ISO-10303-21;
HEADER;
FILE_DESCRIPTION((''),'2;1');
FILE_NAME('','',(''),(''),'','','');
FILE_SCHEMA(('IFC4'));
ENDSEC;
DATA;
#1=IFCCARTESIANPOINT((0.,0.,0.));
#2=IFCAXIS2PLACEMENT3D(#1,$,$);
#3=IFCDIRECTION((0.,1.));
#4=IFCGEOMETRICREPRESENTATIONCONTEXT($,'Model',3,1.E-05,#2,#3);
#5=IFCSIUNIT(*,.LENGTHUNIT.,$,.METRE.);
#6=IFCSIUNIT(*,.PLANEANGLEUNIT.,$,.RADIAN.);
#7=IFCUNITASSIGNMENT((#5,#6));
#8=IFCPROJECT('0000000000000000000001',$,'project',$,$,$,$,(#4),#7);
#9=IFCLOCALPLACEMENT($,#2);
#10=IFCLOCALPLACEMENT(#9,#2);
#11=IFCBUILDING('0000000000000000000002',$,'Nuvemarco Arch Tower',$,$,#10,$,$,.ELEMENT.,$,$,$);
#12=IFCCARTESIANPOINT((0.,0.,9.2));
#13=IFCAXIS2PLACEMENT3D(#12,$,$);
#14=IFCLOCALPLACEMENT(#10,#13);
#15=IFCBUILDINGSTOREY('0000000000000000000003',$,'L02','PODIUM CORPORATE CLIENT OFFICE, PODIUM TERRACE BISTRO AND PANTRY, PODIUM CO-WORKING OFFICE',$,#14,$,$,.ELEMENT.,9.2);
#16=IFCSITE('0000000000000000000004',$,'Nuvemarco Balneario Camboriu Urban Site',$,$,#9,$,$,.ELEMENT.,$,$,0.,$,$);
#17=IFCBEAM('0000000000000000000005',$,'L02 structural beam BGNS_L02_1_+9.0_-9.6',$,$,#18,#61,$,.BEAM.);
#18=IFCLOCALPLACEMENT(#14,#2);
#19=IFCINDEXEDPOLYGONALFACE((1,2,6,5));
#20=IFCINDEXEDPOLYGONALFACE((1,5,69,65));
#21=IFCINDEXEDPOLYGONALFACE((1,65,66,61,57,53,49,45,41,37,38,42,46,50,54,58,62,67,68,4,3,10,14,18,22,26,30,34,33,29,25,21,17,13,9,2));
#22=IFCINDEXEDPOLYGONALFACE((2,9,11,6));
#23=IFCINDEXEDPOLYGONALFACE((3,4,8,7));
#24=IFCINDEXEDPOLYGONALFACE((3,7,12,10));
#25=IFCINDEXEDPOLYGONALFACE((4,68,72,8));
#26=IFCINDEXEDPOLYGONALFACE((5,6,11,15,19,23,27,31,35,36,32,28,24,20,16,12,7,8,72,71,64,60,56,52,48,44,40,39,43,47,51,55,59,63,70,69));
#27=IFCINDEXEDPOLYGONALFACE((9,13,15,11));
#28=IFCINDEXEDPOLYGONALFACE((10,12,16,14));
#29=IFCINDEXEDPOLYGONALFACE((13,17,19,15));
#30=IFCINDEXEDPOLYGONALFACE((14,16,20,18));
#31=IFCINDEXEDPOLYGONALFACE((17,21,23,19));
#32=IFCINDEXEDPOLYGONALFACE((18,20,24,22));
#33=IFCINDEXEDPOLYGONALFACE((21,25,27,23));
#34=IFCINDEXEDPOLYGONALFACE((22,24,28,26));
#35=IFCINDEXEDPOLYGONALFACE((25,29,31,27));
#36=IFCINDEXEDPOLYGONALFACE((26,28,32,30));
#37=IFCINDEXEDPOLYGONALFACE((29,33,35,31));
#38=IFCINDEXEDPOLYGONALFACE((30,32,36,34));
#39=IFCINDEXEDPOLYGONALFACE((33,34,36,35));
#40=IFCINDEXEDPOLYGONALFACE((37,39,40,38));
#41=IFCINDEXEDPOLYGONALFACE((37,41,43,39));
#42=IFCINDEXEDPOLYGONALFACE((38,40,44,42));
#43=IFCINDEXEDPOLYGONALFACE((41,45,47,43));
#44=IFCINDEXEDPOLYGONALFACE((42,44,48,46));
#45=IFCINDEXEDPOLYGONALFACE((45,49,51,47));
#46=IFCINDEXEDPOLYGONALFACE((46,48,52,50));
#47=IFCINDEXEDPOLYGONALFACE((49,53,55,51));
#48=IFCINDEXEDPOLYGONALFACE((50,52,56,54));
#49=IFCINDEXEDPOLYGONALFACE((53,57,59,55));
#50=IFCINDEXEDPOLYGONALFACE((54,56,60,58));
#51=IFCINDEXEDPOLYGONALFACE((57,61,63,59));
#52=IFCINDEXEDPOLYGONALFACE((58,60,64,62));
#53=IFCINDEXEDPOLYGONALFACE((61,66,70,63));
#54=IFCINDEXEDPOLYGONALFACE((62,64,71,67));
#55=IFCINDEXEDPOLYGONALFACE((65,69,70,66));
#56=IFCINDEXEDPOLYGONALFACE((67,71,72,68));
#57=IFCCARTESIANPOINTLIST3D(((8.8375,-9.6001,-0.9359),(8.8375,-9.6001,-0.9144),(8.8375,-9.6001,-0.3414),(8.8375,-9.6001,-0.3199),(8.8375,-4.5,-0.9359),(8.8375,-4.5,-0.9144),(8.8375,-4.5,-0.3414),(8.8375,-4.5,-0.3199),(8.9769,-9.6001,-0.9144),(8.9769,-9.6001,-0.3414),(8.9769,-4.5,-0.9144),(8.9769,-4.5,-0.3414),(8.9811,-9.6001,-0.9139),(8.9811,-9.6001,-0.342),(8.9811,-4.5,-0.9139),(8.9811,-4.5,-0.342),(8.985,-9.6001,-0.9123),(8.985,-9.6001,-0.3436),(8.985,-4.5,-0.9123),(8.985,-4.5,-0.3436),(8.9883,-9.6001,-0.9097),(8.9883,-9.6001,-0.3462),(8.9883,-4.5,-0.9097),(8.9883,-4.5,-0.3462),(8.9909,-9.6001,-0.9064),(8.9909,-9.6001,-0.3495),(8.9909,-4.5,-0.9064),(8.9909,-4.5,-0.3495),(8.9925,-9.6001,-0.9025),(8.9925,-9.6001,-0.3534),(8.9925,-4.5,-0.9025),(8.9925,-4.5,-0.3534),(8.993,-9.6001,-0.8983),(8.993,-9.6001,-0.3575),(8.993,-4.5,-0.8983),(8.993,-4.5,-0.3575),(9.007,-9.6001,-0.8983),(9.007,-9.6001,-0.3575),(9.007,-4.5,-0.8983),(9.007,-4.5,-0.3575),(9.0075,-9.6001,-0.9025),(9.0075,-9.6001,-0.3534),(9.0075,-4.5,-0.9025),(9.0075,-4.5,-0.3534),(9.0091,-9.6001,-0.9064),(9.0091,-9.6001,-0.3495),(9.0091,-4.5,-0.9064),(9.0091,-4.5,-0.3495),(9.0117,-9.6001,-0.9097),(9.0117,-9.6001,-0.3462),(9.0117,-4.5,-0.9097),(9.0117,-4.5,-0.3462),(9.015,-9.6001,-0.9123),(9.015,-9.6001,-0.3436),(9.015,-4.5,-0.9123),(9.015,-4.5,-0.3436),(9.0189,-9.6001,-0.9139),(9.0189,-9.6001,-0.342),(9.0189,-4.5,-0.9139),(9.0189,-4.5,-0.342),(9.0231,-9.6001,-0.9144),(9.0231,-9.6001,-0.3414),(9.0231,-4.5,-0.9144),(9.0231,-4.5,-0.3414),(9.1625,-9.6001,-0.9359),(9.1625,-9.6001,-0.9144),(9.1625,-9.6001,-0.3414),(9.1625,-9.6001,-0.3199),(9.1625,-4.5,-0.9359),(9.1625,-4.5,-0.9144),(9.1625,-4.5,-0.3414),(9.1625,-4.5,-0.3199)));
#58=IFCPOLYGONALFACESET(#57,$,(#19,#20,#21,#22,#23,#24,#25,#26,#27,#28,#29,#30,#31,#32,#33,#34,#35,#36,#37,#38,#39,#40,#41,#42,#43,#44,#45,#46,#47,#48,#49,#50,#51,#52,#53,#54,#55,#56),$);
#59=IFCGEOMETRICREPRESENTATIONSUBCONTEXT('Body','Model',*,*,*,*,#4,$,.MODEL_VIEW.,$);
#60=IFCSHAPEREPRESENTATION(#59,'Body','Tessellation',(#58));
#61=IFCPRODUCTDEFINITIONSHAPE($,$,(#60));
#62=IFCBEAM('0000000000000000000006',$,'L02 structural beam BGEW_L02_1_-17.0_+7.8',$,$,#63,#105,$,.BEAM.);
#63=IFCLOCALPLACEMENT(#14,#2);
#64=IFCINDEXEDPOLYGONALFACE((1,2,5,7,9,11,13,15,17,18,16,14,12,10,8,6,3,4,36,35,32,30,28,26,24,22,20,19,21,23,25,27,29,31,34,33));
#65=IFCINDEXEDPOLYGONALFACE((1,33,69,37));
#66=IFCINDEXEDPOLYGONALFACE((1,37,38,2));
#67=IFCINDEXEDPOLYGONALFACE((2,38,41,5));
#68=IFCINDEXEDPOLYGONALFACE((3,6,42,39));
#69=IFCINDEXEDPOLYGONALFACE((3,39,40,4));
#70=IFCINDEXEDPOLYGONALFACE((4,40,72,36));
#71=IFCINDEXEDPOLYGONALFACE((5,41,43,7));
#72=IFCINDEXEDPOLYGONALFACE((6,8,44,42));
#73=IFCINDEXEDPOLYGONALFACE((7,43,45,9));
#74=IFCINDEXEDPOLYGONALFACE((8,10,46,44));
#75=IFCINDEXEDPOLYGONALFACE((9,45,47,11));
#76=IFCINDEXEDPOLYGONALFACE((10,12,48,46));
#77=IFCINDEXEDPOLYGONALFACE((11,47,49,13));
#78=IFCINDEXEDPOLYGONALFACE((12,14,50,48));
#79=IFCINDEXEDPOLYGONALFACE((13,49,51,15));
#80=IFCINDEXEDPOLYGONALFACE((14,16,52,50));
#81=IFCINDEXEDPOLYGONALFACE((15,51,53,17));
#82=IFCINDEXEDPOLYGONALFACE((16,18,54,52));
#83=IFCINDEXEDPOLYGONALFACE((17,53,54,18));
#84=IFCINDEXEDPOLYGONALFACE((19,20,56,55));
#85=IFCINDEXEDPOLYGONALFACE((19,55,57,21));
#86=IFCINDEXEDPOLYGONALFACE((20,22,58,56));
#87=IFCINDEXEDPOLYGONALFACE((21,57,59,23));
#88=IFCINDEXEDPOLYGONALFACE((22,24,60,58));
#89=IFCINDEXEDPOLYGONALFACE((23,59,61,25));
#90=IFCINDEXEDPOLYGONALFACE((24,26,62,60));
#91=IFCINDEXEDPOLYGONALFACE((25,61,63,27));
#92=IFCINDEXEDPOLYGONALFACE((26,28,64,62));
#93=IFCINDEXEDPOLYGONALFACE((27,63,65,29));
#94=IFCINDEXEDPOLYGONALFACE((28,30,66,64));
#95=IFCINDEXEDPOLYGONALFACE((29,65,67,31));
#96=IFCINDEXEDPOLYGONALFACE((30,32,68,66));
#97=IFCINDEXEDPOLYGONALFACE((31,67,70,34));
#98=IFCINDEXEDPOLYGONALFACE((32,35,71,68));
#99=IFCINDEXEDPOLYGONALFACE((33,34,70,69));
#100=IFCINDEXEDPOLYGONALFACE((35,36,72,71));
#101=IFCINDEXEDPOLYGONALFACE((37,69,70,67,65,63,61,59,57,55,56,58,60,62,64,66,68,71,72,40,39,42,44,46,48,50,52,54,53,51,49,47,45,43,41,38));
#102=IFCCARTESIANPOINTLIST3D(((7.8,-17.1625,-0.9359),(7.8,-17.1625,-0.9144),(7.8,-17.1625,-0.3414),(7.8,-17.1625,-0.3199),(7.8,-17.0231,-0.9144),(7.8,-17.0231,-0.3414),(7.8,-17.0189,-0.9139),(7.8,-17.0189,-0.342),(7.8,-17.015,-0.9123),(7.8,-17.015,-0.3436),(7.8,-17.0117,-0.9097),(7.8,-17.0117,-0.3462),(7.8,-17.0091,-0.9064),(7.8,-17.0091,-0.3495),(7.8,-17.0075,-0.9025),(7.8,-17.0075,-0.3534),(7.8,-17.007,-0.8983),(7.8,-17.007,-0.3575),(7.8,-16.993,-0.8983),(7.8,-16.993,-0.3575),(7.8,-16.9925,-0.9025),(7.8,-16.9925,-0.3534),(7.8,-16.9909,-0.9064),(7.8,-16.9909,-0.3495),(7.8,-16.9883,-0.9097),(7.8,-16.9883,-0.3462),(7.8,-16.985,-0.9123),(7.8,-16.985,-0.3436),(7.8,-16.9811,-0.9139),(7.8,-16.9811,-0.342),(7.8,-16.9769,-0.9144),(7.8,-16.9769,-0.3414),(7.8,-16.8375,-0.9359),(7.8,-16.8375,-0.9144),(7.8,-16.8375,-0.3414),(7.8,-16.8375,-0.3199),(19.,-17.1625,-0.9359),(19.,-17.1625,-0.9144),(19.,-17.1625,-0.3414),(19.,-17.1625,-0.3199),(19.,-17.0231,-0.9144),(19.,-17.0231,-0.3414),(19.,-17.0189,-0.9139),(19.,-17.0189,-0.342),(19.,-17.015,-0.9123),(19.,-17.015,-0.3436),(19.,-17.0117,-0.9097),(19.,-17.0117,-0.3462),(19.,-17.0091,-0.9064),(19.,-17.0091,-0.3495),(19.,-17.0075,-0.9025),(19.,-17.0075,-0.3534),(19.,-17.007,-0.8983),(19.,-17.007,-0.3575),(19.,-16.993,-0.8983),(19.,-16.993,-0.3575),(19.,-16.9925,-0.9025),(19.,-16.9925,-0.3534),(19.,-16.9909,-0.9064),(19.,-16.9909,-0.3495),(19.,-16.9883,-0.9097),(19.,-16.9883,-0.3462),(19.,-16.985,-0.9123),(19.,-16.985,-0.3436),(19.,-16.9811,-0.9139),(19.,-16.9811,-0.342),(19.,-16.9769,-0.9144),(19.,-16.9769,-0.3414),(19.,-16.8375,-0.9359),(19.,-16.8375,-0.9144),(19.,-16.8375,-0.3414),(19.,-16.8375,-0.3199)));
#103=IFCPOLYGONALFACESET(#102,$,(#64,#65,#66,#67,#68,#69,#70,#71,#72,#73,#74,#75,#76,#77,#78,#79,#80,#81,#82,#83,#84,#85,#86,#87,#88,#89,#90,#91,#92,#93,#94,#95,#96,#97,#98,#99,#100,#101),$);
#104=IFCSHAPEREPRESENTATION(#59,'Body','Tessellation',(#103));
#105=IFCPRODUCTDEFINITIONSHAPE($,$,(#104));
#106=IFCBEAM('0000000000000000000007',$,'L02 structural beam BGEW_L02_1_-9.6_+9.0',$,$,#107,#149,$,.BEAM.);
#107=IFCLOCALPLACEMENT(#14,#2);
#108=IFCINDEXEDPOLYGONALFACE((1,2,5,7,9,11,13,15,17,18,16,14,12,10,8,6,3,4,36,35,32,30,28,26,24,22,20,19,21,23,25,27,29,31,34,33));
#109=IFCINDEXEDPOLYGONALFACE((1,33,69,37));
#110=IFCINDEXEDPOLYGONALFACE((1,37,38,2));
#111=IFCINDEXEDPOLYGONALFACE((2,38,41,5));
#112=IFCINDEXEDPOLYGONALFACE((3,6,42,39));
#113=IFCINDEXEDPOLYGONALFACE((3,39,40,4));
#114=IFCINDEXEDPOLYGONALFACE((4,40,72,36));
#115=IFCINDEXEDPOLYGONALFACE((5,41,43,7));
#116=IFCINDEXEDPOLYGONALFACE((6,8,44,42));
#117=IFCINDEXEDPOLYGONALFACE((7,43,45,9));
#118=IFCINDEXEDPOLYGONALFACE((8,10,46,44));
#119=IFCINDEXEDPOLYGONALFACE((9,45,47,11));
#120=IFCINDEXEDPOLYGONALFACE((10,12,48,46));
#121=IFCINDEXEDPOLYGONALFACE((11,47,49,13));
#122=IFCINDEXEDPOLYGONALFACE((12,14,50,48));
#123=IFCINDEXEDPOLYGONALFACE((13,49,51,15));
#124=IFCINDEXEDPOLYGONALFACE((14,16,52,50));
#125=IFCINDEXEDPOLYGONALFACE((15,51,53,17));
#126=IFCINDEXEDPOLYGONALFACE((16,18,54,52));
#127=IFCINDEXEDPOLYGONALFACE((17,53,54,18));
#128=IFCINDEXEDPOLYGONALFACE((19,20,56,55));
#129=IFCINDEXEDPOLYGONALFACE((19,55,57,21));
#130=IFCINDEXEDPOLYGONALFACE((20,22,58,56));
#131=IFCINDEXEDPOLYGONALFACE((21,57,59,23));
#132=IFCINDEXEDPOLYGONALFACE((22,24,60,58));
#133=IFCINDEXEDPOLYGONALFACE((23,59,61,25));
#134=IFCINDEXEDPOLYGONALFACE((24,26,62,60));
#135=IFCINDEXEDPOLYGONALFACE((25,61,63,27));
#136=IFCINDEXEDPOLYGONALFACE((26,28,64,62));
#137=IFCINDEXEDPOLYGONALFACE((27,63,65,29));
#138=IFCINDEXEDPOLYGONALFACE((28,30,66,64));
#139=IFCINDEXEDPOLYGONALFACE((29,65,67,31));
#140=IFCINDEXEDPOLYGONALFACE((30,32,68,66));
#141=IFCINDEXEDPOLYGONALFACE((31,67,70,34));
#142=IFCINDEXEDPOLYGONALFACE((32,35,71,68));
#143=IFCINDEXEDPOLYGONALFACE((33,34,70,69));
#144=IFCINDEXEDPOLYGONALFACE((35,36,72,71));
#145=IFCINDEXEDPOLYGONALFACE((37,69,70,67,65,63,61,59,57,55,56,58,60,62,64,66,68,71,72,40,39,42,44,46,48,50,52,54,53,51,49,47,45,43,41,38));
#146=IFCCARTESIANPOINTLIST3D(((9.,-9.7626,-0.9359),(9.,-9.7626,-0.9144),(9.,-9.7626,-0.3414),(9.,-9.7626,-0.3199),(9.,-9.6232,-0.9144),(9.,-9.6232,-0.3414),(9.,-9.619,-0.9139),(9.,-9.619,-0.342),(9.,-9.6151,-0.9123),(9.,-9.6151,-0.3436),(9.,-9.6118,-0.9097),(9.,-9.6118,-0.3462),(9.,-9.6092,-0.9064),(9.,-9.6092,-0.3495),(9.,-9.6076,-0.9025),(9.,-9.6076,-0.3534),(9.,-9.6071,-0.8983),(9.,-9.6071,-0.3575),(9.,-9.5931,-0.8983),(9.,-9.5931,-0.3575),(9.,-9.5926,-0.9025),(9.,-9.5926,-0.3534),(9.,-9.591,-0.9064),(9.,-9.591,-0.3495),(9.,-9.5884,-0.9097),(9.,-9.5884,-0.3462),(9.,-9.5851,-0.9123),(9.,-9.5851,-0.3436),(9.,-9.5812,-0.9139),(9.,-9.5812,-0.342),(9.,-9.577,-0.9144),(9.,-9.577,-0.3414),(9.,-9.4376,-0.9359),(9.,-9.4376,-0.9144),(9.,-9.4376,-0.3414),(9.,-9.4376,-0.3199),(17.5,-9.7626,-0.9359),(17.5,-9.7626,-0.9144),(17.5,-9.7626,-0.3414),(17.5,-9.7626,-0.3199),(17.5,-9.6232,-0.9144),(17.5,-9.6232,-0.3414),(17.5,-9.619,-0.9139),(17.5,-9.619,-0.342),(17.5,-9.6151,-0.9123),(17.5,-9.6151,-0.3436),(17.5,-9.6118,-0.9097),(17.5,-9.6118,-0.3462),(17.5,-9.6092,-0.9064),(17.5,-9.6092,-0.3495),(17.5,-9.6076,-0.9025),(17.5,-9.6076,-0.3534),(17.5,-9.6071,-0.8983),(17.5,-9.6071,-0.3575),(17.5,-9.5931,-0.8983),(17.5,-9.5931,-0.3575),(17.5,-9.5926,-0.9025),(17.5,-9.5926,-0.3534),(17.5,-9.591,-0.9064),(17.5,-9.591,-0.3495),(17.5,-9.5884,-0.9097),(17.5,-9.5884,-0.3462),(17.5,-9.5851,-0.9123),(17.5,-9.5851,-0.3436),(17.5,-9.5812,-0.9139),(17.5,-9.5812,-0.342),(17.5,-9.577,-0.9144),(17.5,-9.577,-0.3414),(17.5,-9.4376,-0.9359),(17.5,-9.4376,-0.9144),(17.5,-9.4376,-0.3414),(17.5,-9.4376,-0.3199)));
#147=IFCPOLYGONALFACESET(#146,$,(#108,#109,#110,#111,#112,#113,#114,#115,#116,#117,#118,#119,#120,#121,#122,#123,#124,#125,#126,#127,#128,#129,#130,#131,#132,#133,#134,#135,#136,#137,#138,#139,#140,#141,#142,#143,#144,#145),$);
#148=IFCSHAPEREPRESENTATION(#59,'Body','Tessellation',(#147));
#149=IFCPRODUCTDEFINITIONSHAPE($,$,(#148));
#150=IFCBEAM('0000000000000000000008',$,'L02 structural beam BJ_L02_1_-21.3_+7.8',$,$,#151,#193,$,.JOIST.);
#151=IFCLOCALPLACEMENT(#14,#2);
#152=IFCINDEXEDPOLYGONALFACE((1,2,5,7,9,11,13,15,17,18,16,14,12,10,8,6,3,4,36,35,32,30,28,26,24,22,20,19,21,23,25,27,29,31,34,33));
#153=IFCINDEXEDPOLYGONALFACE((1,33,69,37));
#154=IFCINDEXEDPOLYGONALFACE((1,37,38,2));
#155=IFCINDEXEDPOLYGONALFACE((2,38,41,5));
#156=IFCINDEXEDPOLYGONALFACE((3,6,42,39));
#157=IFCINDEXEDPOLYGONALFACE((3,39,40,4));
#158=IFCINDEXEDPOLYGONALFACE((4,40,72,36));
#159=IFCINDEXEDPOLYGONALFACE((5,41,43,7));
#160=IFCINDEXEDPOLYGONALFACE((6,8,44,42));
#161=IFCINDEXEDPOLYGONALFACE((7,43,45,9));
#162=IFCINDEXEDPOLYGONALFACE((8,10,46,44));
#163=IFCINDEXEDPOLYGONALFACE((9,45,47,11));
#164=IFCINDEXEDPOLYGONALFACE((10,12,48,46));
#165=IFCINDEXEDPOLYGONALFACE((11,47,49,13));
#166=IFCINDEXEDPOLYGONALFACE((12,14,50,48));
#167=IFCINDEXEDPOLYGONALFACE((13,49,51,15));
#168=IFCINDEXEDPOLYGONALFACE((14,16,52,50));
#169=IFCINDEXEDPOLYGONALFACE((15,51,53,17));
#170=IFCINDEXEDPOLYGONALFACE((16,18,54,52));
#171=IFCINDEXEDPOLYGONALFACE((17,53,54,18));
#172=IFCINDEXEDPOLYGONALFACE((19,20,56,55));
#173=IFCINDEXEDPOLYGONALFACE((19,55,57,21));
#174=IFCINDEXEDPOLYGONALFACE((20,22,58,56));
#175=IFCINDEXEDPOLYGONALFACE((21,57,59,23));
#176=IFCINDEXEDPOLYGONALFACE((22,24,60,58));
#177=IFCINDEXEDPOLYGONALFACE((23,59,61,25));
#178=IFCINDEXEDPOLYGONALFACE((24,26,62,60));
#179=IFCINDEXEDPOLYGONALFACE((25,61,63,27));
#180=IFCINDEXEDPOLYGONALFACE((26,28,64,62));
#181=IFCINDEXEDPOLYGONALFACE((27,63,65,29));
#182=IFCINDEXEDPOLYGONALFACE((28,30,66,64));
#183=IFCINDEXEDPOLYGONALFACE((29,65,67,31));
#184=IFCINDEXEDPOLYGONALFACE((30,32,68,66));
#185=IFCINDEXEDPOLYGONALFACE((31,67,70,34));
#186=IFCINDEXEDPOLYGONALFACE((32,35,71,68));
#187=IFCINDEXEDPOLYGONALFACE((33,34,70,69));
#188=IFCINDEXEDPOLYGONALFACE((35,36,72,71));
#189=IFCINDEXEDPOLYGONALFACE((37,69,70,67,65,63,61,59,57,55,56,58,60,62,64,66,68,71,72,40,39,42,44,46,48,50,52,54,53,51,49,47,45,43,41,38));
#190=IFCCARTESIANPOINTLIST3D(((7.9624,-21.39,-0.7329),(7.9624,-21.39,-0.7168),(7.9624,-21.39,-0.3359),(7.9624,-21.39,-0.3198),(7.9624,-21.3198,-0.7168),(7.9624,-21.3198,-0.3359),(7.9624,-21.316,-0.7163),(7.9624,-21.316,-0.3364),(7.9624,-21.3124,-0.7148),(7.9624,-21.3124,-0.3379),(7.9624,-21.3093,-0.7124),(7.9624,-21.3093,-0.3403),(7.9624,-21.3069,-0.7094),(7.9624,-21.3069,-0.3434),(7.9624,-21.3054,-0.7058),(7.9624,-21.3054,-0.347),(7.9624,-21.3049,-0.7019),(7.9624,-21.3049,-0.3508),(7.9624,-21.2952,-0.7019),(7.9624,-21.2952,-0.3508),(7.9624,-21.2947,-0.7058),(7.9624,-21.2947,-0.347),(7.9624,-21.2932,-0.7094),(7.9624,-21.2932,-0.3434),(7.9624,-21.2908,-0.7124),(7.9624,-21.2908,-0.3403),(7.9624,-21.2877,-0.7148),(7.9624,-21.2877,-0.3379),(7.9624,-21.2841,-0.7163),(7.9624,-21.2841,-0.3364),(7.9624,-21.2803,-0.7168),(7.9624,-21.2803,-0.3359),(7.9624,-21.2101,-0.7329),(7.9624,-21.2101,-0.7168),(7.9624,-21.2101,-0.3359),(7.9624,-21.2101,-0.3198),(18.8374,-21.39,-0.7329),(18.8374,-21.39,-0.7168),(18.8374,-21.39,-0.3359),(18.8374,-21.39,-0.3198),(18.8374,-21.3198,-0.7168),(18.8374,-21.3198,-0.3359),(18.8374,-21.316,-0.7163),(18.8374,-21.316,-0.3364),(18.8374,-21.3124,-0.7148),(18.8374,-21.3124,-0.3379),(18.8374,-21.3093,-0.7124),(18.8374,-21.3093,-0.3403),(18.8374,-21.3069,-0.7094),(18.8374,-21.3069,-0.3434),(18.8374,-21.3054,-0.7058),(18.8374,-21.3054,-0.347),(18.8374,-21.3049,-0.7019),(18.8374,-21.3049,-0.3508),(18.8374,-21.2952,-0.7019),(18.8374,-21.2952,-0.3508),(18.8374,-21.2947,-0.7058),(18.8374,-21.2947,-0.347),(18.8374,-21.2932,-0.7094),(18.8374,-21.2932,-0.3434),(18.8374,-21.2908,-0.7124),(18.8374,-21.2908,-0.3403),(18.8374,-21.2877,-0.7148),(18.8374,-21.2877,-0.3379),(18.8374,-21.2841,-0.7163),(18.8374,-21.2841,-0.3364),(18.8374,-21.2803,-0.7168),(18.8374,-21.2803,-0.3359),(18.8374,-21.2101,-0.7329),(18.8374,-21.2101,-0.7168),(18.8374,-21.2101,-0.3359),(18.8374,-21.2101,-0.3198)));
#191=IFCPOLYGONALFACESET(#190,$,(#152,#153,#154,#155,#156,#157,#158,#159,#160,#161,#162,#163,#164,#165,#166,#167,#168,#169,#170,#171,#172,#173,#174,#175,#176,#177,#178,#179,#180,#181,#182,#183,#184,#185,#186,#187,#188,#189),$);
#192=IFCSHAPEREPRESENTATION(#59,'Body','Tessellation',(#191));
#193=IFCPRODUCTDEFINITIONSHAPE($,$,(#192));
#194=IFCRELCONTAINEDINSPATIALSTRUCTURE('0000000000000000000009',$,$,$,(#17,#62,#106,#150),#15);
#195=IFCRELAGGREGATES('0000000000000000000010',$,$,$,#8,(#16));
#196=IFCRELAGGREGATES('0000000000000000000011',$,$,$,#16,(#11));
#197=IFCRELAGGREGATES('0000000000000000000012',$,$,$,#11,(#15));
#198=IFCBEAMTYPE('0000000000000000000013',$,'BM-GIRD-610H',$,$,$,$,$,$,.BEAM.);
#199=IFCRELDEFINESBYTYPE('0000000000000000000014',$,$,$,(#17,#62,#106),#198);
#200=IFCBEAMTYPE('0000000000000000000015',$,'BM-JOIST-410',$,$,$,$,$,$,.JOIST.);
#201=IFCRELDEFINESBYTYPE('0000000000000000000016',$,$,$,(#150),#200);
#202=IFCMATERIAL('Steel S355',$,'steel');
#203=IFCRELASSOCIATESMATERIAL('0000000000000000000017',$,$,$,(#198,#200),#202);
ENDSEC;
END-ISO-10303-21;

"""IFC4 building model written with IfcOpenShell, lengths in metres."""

from ifc_helpers import new_model, si_unit, direction, frame, origin, origin_2d, place, context, subcontext, project, spatial, i_section, extrude, material, material_profile, profile_set, type_object, element, save


model = new_model("IFC4")

# Units and contexts
model_context = context("Model", 3, precision=1e-05, world=origin(), true_north=direction((0.0, 1.0)))
body_context = subcontext(model_context, "Body", "Model", "MODEL_VIEW")
ifc_project = project(units=[si_unit("LENGTHUNIT", "METRE"), si_unit("PLANEANGLEUNIT", "RADIAN")], contexts=[model_context])

# Site, building, storey
site_placement = place(None, origin())
site = spatial("IfcSite", under=ifc_project, at=site_placement, Name="Nuvemarco Balneario Camboriu Urban Site", CompositionType="ELEMENT", RefElevation=0.0)
building_placement = place(site_placement, origin())
building = spatial("IfcBuilding", under=site, at=building_placement, Name="Nuvemarco Arch Tower", CompositionType="ELEMENT")
storey_placement = place(building_placement, frame((0.0, 0.0, 9.2)))
storey = spatial("IfcBuildingStorey", under=building, at=storey_placement, Name="L02", Description="PODIUM CORPORATE CLIENT OFFICE, PODIUM TERRACE BISTRO AND PANTRY, PODIUM CO-WORKING OFFICE", CompositionType="ELEMENT", Elevation=9.2)

# Beams
ifc_material_1 = material(Name="Steel S355", Category="steel")
ifc_material_profile_1 = material_profile(ifc_material_1, i_section(OverallWidth=0.325, OverallDepth=0.616, WebThickness=0.0139, FlangeThickness=0.0215, FilletRadius=0.0161, at=origin_2d()), Name="W610x174")
ifc_profile_set_1 = profile_set([ifc_material_profile_1], Name="Steel S355")
beam_type_1 = type_object("IfcBeamType", Name="BM-GIRD-610H", PredefinedType="BEAM", material=ifc_profile_set_1)
beam_1_placement = place(storey_placement, frame((9.0, -9.6001, -0.6279), z_axis=(0.0, 1.0, 0.0), x_axis=(-1.0, 0.0, 0.0)))
element("IfcBeam", 1, at=beam_1_placement, inside=storey, type_object=beam_type_1, Name="L02 structural beam BGNS_L02_1_+9.0_-9.6", PredefinedType="BEAM", context=body_context, shape_type="SweptSolid", body=[
    extrude(i_section(OverallWidth=0.325, OverallDepth=0.616, WebThickness=0.0139, FlangeThickness=0.0215, FilletRadius=0.0161, at=origin_2d()), origin(), (0.0, 0.0, 1.0), 5.1001),
])
beam_2_placement = place(storey_placement, frame((7.8, -17.0, -0.6279), z_axis=(1.0, 0.0, 0.0), x_axis=(0.0, 1.0, 0.0)))
element("IfcBeam", 2, at=beam_2_placement, inside=storey, type_object=beam_type_1, Name="L02 structural beam BGEW_L02_1_-17.0_+7.8", PredefinedType="BEAM", context=body_context, shape_type="SweptSolid", body=[
    extrude(i_section(OverallWidth=0.325, OverallDepth=0.616, WebThickness=0.0139, FlangeThickness=0.0215, FilletRadius=0.0161, at=origin_2d()), origin(), (0.0, 0.0, 1.0), 11.2),
])
beam_3_placement = place(storey_placement, frame((9.0, -9.6001, -0.6279), z_axis=(1.0, 0.0, 0.0), x_axis=(0.0, 1.0, 0.0)))
element("IfcBeam", 3, at=beam_3_placement, inside=storey, type_object=beam_type_1, Name="L02 structural beam BGEW_L02_1_-9.6_+9.0", PredefinedType="BEAM", context=body_context, shape_type="SweptSolid", body=[
    extrude(i_section(OverallWidth=0.325, OverallDepth=0.616, WebThickness=0.0139, FlangeThickness=0.0215, FilletRadius=0.0161, at=origin_2d()), origin(), (0.0, 0.0, 1.0), 8.5),
])
ifc_material_profile_2 = material_profile(ifc_material_1, i_section(OverallWidth=0.1799, OverallDepth=0.4131, WebThickness=0.0098, FlangeThickness=0.0161, FilletRadius=0.0149, at=origin_2d()), Name="W410x75")
ifc_profile_set_2 = profile_set([ifc_material_profile_2], Name="Steel S355")
beam_type_2 = type_object("IfcBeamType", Name="BM-JOIST-410", PredefinedType="JOIST", material=ifc_profile_set_2)
beam_4_placement = place(storey_placement, frame((7.9624, -21.3, -0.5264), z_axis=(1.0, 0.0, 0.0), x_axis=(0.0, 1.0, 0.0)))
element("IfcBeam", 4, at=beam_4_placement, inside=storey, type_object=beam_type_2, Name="L02 structural beam BJ_L02_1_-21.3_+7.8", PredefinedType="JOIST", context=body_context, shape_type="SweptSolid", body=[
    extrude(i_section(OverallWidth=0.1799, OverallDepth=0.4131, WebThickness=0.0098, FlangeThickness=0.0161, FilletRadius=0.0149, at=origin_2d()), origin(), (0.0, 0.0, 1.0), 10.875),
])

save(model, "model.ifc")
